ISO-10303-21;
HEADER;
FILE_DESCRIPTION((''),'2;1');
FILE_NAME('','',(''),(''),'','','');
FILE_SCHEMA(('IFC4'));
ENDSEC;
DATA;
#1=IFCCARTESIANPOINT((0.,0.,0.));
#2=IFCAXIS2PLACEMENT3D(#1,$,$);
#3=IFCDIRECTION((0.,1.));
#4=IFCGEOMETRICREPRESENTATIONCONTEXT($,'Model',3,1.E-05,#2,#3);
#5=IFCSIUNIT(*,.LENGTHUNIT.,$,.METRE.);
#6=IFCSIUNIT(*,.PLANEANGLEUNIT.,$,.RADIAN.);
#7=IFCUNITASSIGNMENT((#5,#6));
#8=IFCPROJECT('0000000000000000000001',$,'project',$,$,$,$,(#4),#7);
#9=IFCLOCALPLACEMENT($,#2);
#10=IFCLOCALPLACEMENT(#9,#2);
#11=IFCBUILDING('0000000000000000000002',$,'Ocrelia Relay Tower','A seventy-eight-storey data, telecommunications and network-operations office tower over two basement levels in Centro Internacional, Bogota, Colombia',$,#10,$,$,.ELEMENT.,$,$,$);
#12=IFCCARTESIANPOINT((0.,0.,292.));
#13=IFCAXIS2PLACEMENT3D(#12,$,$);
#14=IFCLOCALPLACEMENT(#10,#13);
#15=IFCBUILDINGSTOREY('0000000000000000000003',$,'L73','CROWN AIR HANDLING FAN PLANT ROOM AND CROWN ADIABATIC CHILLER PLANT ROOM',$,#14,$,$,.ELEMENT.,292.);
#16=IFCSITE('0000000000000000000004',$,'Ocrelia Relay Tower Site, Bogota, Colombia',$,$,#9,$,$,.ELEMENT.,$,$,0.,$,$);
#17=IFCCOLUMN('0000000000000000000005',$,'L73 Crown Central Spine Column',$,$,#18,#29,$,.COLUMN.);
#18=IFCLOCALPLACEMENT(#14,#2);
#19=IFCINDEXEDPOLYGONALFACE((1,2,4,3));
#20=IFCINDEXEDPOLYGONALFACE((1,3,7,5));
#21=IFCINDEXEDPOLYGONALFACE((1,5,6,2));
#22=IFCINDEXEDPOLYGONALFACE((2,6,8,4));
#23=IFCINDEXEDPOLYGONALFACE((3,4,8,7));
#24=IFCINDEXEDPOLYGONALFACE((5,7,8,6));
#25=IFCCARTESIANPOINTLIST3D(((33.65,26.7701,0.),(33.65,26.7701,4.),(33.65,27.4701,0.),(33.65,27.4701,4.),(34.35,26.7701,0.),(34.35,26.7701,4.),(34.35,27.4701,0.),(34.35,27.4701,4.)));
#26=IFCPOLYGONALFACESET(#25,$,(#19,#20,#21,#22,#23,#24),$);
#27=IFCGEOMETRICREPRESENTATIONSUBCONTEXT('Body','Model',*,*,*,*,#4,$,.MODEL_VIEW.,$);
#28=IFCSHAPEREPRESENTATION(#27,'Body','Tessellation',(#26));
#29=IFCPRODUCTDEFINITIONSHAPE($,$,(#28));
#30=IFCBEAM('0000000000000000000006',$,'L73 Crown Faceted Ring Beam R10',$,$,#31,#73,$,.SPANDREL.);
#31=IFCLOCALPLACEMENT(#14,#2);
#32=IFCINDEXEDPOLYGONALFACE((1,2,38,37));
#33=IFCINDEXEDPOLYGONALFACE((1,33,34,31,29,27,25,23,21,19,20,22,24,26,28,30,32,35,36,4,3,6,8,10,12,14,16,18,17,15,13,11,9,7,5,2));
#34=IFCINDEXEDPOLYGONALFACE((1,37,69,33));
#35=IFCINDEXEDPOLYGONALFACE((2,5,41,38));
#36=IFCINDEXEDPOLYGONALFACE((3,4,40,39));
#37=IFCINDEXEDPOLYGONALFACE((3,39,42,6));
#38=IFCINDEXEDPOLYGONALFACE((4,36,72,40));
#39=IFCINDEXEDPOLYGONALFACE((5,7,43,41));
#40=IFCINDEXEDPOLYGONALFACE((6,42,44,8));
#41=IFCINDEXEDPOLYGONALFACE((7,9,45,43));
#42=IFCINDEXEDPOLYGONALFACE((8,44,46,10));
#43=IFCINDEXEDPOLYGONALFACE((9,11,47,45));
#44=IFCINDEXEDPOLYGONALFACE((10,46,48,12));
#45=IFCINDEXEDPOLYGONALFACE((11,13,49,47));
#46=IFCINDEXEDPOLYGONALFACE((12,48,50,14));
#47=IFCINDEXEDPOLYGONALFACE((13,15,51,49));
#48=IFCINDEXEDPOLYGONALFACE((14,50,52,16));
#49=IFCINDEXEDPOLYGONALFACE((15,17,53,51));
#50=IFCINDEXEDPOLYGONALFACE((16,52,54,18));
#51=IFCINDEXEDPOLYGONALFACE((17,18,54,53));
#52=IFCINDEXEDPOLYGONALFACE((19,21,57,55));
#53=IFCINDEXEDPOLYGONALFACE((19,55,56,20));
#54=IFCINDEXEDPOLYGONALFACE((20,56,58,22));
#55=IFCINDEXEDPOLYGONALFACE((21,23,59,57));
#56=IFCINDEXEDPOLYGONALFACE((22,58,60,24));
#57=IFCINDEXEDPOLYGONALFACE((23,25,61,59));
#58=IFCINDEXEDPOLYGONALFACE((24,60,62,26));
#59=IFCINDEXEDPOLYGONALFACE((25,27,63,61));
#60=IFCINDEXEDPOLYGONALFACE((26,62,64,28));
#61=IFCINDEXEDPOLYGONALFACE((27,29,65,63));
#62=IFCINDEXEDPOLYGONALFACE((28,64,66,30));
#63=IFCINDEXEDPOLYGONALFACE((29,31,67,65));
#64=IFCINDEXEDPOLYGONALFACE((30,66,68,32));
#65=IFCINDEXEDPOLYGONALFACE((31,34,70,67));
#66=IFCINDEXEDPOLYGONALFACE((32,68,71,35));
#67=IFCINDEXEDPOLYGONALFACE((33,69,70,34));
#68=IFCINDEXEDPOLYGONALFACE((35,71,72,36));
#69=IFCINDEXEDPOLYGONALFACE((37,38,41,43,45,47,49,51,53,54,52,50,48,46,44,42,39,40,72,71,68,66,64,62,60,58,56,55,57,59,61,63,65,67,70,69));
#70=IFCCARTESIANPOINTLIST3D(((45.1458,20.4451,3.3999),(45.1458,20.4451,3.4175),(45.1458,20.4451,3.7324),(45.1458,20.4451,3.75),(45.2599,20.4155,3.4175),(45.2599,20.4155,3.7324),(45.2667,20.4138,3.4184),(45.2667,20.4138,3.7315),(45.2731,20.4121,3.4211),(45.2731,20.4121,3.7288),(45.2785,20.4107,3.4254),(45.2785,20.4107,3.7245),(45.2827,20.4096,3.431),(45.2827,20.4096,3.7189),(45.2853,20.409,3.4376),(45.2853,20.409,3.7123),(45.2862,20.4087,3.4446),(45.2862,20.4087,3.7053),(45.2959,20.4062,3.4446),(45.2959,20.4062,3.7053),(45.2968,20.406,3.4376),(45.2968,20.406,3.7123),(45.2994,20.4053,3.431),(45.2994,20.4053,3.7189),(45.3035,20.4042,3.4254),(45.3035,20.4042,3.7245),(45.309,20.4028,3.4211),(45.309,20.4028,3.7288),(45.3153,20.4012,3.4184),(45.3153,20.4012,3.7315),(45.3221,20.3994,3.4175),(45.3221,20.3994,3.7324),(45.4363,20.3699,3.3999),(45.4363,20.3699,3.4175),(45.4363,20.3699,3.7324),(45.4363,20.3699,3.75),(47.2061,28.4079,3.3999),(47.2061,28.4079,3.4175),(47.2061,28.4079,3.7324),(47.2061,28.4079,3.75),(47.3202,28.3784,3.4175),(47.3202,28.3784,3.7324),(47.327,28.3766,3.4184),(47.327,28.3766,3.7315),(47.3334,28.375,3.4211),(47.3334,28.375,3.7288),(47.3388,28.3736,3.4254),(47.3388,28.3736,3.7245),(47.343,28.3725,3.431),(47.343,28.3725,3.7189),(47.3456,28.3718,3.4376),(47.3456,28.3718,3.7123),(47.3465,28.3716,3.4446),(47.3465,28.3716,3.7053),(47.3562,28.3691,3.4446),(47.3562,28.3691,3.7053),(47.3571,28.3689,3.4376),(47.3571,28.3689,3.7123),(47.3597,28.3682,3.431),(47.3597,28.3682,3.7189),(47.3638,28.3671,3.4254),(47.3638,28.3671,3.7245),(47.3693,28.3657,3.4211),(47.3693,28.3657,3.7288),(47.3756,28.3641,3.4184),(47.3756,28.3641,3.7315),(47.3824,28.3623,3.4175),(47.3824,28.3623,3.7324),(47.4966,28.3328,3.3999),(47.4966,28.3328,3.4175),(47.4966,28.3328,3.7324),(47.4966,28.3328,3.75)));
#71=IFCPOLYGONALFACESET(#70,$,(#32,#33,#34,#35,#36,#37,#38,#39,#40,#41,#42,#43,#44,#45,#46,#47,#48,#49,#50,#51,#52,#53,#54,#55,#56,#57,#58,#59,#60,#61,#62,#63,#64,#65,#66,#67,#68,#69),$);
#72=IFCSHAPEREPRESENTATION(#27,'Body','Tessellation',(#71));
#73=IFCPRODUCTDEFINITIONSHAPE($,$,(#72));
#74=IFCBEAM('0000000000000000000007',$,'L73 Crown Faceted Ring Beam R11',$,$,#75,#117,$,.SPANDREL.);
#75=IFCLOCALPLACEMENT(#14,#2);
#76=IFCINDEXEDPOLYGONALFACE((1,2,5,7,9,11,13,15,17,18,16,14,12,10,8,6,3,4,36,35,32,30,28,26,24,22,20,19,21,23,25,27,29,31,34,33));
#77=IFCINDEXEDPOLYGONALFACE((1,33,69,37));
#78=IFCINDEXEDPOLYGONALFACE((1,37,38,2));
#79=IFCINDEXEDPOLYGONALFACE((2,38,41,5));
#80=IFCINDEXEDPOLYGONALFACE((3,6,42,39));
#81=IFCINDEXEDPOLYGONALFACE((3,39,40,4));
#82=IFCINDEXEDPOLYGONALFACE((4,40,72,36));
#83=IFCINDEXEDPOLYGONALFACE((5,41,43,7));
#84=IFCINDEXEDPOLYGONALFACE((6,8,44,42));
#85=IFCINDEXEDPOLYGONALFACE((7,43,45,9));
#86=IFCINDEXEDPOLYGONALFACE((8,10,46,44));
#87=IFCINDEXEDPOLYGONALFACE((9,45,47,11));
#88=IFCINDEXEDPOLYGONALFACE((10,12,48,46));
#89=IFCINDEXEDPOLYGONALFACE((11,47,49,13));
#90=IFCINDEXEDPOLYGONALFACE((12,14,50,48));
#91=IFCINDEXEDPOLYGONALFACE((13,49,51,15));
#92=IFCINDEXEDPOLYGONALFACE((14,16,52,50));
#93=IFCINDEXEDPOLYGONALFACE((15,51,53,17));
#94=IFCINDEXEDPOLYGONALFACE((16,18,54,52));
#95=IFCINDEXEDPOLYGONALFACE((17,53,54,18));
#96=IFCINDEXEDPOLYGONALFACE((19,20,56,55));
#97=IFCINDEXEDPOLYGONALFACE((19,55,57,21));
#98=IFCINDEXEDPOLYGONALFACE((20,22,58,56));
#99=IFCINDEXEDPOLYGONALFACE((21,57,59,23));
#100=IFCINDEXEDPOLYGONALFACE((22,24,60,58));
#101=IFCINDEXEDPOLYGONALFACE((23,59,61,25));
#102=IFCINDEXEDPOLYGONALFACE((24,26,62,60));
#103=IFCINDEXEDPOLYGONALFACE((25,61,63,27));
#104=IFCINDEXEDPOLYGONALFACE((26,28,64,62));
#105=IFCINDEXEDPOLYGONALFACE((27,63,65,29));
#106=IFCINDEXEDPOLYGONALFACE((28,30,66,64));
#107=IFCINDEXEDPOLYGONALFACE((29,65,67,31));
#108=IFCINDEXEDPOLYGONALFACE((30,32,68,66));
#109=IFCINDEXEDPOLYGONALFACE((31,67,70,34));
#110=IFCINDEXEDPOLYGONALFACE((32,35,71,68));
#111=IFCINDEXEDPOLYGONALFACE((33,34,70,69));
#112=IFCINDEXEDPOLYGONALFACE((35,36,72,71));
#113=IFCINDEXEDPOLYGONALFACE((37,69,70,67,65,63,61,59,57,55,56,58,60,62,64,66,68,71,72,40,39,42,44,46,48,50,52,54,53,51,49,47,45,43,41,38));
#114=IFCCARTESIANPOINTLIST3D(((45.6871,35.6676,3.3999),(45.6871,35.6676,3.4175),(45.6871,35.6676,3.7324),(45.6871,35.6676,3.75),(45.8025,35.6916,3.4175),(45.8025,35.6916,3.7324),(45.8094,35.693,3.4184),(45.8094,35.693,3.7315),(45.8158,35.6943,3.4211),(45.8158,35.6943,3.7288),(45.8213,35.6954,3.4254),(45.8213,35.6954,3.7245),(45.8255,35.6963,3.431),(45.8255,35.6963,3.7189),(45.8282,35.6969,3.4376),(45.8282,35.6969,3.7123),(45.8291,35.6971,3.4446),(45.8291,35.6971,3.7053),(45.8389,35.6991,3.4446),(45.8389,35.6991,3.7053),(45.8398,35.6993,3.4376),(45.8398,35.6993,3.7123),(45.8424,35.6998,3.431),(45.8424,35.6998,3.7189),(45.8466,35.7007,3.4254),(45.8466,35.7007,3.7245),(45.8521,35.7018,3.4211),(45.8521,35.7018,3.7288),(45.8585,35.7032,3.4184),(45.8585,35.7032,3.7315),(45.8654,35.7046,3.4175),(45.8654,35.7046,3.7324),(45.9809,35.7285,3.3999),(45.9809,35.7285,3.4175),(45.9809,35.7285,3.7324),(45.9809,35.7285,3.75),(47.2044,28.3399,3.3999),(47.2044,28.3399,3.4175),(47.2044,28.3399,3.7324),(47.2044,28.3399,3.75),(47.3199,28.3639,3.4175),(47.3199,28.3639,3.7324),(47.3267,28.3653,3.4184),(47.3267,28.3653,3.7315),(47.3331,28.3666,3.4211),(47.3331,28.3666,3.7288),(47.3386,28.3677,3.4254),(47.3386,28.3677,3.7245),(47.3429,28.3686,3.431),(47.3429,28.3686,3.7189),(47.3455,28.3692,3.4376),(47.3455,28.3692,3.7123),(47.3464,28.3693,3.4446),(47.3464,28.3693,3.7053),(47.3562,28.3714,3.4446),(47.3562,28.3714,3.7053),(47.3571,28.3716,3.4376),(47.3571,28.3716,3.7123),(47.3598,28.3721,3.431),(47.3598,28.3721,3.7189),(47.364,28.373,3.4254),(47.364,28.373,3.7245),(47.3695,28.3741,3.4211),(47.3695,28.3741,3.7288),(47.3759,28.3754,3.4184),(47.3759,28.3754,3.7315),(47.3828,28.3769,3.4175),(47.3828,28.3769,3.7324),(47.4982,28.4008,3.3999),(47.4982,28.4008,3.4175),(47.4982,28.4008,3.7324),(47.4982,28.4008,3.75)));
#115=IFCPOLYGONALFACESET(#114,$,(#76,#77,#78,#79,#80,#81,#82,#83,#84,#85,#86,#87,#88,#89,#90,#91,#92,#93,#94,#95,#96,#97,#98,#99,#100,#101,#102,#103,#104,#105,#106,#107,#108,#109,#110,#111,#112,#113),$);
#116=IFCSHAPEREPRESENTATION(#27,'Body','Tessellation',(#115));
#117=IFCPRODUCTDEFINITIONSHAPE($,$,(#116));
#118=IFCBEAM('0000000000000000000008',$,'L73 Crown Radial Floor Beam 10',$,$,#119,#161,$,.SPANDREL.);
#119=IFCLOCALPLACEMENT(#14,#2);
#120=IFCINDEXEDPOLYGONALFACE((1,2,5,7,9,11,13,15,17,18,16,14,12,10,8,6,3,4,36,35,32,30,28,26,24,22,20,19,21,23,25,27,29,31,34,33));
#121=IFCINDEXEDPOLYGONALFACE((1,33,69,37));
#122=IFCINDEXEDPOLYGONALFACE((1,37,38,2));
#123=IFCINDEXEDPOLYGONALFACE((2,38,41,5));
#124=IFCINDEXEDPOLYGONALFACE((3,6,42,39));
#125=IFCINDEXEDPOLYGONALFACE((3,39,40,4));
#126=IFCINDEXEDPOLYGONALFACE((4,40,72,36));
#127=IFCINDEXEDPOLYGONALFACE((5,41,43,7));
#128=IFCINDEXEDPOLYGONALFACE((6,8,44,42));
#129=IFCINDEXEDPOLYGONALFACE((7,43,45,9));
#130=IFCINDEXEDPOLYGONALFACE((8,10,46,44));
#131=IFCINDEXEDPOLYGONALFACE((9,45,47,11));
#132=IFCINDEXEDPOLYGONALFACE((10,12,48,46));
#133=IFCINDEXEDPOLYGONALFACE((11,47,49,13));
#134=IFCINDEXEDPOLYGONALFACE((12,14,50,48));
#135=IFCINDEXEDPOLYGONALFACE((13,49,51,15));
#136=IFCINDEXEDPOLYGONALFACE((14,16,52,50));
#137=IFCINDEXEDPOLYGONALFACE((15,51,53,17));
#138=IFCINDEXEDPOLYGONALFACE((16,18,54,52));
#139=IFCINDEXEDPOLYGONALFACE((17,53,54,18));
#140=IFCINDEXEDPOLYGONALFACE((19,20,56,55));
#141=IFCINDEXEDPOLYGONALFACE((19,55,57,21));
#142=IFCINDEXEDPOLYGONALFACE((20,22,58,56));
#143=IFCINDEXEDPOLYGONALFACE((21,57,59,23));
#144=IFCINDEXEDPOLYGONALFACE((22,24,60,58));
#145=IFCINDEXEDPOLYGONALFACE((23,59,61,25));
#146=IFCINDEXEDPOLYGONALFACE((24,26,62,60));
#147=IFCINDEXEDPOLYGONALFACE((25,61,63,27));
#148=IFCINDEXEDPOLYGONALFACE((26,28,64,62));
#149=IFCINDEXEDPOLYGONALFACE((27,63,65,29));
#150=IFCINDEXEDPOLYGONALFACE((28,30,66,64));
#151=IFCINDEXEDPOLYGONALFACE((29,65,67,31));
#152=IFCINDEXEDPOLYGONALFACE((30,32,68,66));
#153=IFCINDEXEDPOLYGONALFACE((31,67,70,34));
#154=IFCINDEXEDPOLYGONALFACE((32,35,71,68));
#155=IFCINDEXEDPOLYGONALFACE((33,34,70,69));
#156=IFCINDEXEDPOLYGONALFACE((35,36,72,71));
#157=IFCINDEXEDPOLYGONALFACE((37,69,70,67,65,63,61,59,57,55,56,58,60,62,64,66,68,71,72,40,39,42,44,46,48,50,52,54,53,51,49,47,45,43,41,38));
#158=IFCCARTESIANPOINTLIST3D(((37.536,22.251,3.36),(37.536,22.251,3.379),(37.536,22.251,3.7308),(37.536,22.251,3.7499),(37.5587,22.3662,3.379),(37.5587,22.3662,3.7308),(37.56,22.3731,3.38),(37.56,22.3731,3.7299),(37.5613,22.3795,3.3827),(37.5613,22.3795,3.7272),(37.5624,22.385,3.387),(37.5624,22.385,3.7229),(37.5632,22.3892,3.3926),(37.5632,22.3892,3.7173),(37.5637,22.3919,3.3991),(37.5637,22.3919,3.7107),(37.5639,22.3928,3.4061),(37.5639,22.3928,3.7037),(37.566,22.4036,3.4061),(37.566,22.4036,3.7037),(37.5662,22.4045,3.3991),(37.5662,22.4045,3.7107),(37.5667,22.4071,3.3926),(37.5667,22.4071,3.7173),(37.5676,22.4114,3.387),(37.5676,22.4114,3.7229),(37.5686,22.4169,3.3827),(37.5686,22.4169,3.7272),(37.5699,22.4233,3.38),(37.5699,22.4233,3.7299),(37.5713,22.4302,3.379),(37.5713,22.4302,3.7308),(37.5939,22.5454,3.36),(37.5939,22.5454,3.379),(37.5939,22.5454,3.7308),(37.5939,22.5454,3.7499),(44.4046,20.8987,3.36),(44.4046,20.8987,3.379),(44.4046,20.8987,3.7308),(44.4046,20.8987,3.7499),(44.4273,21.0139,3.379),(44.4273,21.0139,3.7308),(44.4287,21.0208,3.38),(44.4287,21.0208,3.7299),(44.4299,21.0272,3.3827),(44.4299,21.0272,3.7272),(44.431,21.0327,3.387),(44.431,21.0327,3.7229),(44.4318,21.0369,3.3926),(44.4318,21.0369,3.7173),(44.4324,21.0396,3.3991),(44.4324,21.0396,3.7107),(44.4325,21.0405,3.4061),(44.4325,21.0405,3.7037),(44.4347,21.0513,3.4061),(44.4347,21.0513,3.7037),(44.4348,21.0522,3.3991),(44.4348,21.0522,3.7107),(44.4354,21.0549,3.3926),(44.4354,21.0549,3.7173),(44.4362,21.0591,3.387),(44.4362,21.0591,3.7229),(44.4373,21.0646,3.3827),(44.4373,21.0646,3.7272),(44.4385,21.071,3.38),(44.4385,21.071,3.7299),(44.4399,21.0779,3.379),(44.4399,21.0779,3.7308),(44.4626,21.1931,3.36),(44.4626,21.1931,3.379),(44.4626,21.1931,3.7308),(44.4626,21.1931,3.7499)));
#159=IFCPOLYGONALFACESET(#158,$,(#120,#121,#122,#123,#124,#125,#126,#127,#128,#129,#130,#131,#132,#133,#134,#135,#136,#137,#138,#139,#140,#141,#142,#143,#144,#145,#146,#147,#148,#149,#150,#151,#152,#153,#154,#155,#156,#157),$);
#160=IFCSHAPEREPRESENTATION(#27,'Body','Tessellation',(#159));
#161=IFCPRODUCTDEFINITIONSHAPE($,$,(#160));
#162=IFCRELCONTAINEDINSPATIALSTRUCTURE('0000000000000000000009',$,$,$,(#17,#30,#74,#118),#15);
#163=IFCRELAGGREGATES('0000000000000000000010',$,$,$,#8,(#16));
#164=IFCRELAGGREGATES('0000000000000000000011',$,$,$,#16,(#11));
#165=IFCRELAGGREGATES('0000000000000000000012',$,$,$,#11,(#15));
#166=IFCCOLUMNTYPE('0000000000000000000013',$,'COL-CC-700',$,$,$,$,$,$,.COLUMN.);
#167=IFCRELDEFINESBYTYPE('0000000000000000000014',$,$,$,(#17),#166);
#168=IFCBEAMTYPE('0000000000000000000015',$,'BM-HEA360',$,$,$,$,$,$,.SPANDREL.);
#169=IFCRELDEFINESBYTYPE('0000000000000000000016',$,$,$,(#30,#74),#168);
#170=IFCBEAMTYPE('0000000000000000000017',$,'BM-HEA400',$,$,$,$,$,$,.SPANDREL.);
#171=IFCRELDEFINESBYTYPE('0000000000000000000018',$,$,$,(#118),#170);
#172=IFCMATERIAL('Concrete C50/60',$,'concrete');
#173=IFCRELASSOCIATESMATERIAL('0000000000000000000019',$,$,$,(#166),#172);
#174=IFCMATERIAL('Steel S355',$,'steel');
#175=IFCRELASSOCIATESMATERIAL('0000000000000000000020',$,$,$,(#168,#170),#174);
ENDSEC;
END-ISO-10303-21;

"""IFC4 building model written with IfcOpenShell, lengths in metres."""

from ifc_helpers import new_model, si_unit, direction, frame, origin, origin_2d, place, context, subcontext, project, spatial, rectangle, i_section, extrude, material, material_profile, profile_set, type_object, element, save


model = new_model("IFC4")

# Units and contexts
model_context = context("Model", 3, precision=1e-05, world=origin(), true_north=direction((0.0, 1.0)))
body_context = subcontext(model_context, "Body", "Model", "MODEL_VIEW")
ifc_project = project(units=[si_unit("LENGTHUNIT", "METRE"), si_unit("PLANEANGLEUNIT", "RADIAN")], contexts=[model_context])

# Site, building, storey
site_placement = place(None, origin())
site = spatial("IfcSite", under=ifc_project, at=site_placement, Name="Ocrelia Relay Tower Site, Bogota, Colombia", CompositionType="ELEMENT", RefElevation=0.0)
building_placement = place(site_placement, origin())
building = spatial("IfcBuilding", under=site, at=building_placement, Name="Ocrelia Relay Tower", Description="A seventy-eight-storey data, telecommunications and network-operations office tower over two basement levels in Centro Internacional, Bogota, Colombia", CompositionType="ELEMENT")
storey_placement = place(building_placement, frame((0.0, 0.0, 292.0)))
storey = spatial("IfcBuildingStorey", under=building, at=storey_placement, Name="L73", Description="CROWN AIR HANDLING FAN PLANT ROOM AND CROWN ADIABATIC CHILLER PLANT ROOM", CompositionType="ELEMENT", Elevation=292.0)

# Column
ifc_material_1 = material(Name="Concrete C50/60", Category="concrete")
ifc_material_profile_1 = material_profile(ifc_material_1, rectangle(XDim=0.7, YDim=0.7, at=origin_2d()), Name="RC-COL-700x700")
ifc_profile_set_1 = profile_set([ifc_material_profile_1], Name="Concrete C50/60")
column_type = type_object("IfcColumnType", Name="COL-CC-700", PredefinedType="COLUMN", material=ifc_profile_set_1)
column_placement = place(storey_placement, frame((34.0, 27.1201, 0.0), z_axis=(0.0, 0.0, 1.0), x_axis=(1.0, 0.0, 0.0)))
element("IfcColumn", 1, at=column_placement, inside=storey, type_object=column_type, Name="L73 Crown Central Spine Column", PredefinedType="COLUMN", context=body_context, shape_type="SweptSolid", body=[
    extrude(rectangle(XDim=0.7, YDim=0.7, at=origin_2d()), origin(), (0.0, 0.0, 1.0), 4.0),
])

# Beams
ifc_material_2 = material(Name="Steel S355", Category="steel")
ifc_material_profile_2 = material_profile(ifc_material_2, i_section(OverallWidth=0.3, OverallDepth=0.3501, WebThickness=0.01, FlangeThickness=0.0176, FilletRadius=0.0271, at=origin_2d()), Name="HEA 360")
ifc_profile_set_2 = profile_set([ifc_material_profile_2], Name="Steel S355")
beam_type_1 = type_object("IfcBeamType", Name="BM-HEA360", PredefinedType="SPANDREL", material=ifc_profile_set_2)
beam_1_placement = place(storey_placement, frame((45.291, 20.4075, 3.575), z_axis=(0.250489, 0.968119, 0.0), x_axis=(-0.968119, 0.250489, 0.0)))
element("IfcBeam", 2, at=beam_1_placement, inside=storey, type_object=beam_type_1, Name="L73 Crown Faceted Ring Beam R10", PredefinedType="SPANDREL", context=body_context, shape_type="SweptSolid", body=[
    extrude(i_section(OverallWidth=0.3, OverallDepth=0.3501, WebThickness=0.01, FlangeThickness=0.0176, FilletRadius=0.0271, at=origin_2d()), origin(), (0.0, 0.0, 1.0), 8.2251),
])
beam_2_placement = place(storey_placement, frame((47.3513, 28.3704, 3.575), z_axis=(-0.202769, 0.979227, 0.0), x_axis=(-0.979227, -0.202769, 0.0)))
element("IfcBeam", 3, at=beam_2_placement, inside=storey, type_object=beam_type_1, Name="L73 Crown Faceted Ring Beam R11", PredefinedType="SPANDREL", context=body_context, shape_type="SweptSolid", body=[
    extrude(i_section(OverallWidth=0.3, OverallDepth=0.3501, WebThickness=0.01, FlangeThickness=0.0176, FilletRadius=0.0271, at=origin_2d()), origin(), (0.0, 0.0, 1.0), 7.4832),
])
ifc_material_profile_3 = material_profile(ifc_material_2, i_section(OverallWidth=0.3, OverallDepth=0.3899, WebThickness=0.011, FlangeThickness=0.019, FilletRadius=0.0271, at=origin_2d()), Name="HEA 400")
ifc_profile_set_3 = profile_set([ifc_material_profile_3], Name="Steel S355")
beam_type_2 = type_object("IfcBeamType", Name="BM-HEA400", PredefinedType="SPANDREL", material=ifc_profile_set_3)
beam_3_placement = place(storey_placement, frame((44.4336, 21.0459, 3.5549), z_axis=(-0.981165, 0.193171, 0.0), x_axis=(-0.193171, -0.981165, 0.0)))
element("IfcBeam", 4, at=beam_3_placement, inside=storey, type_object=beam_type_2, Name="L73 Crown Radial Floor Beam 10", PredefinedType="SPANDREL", context=body_context, shape_type="SweptSolid", body=[
    extrude(i_section(OverallWidth=0.3, OverallDepth=0.3899, WebThickness=0.011, FlangeThickness=0.019, FilletRadius=0.0271, at=origin_2d()), origin(), (0.0, 0.0, 1.0), 7.0005),
])

save(model, "model.ifc")
